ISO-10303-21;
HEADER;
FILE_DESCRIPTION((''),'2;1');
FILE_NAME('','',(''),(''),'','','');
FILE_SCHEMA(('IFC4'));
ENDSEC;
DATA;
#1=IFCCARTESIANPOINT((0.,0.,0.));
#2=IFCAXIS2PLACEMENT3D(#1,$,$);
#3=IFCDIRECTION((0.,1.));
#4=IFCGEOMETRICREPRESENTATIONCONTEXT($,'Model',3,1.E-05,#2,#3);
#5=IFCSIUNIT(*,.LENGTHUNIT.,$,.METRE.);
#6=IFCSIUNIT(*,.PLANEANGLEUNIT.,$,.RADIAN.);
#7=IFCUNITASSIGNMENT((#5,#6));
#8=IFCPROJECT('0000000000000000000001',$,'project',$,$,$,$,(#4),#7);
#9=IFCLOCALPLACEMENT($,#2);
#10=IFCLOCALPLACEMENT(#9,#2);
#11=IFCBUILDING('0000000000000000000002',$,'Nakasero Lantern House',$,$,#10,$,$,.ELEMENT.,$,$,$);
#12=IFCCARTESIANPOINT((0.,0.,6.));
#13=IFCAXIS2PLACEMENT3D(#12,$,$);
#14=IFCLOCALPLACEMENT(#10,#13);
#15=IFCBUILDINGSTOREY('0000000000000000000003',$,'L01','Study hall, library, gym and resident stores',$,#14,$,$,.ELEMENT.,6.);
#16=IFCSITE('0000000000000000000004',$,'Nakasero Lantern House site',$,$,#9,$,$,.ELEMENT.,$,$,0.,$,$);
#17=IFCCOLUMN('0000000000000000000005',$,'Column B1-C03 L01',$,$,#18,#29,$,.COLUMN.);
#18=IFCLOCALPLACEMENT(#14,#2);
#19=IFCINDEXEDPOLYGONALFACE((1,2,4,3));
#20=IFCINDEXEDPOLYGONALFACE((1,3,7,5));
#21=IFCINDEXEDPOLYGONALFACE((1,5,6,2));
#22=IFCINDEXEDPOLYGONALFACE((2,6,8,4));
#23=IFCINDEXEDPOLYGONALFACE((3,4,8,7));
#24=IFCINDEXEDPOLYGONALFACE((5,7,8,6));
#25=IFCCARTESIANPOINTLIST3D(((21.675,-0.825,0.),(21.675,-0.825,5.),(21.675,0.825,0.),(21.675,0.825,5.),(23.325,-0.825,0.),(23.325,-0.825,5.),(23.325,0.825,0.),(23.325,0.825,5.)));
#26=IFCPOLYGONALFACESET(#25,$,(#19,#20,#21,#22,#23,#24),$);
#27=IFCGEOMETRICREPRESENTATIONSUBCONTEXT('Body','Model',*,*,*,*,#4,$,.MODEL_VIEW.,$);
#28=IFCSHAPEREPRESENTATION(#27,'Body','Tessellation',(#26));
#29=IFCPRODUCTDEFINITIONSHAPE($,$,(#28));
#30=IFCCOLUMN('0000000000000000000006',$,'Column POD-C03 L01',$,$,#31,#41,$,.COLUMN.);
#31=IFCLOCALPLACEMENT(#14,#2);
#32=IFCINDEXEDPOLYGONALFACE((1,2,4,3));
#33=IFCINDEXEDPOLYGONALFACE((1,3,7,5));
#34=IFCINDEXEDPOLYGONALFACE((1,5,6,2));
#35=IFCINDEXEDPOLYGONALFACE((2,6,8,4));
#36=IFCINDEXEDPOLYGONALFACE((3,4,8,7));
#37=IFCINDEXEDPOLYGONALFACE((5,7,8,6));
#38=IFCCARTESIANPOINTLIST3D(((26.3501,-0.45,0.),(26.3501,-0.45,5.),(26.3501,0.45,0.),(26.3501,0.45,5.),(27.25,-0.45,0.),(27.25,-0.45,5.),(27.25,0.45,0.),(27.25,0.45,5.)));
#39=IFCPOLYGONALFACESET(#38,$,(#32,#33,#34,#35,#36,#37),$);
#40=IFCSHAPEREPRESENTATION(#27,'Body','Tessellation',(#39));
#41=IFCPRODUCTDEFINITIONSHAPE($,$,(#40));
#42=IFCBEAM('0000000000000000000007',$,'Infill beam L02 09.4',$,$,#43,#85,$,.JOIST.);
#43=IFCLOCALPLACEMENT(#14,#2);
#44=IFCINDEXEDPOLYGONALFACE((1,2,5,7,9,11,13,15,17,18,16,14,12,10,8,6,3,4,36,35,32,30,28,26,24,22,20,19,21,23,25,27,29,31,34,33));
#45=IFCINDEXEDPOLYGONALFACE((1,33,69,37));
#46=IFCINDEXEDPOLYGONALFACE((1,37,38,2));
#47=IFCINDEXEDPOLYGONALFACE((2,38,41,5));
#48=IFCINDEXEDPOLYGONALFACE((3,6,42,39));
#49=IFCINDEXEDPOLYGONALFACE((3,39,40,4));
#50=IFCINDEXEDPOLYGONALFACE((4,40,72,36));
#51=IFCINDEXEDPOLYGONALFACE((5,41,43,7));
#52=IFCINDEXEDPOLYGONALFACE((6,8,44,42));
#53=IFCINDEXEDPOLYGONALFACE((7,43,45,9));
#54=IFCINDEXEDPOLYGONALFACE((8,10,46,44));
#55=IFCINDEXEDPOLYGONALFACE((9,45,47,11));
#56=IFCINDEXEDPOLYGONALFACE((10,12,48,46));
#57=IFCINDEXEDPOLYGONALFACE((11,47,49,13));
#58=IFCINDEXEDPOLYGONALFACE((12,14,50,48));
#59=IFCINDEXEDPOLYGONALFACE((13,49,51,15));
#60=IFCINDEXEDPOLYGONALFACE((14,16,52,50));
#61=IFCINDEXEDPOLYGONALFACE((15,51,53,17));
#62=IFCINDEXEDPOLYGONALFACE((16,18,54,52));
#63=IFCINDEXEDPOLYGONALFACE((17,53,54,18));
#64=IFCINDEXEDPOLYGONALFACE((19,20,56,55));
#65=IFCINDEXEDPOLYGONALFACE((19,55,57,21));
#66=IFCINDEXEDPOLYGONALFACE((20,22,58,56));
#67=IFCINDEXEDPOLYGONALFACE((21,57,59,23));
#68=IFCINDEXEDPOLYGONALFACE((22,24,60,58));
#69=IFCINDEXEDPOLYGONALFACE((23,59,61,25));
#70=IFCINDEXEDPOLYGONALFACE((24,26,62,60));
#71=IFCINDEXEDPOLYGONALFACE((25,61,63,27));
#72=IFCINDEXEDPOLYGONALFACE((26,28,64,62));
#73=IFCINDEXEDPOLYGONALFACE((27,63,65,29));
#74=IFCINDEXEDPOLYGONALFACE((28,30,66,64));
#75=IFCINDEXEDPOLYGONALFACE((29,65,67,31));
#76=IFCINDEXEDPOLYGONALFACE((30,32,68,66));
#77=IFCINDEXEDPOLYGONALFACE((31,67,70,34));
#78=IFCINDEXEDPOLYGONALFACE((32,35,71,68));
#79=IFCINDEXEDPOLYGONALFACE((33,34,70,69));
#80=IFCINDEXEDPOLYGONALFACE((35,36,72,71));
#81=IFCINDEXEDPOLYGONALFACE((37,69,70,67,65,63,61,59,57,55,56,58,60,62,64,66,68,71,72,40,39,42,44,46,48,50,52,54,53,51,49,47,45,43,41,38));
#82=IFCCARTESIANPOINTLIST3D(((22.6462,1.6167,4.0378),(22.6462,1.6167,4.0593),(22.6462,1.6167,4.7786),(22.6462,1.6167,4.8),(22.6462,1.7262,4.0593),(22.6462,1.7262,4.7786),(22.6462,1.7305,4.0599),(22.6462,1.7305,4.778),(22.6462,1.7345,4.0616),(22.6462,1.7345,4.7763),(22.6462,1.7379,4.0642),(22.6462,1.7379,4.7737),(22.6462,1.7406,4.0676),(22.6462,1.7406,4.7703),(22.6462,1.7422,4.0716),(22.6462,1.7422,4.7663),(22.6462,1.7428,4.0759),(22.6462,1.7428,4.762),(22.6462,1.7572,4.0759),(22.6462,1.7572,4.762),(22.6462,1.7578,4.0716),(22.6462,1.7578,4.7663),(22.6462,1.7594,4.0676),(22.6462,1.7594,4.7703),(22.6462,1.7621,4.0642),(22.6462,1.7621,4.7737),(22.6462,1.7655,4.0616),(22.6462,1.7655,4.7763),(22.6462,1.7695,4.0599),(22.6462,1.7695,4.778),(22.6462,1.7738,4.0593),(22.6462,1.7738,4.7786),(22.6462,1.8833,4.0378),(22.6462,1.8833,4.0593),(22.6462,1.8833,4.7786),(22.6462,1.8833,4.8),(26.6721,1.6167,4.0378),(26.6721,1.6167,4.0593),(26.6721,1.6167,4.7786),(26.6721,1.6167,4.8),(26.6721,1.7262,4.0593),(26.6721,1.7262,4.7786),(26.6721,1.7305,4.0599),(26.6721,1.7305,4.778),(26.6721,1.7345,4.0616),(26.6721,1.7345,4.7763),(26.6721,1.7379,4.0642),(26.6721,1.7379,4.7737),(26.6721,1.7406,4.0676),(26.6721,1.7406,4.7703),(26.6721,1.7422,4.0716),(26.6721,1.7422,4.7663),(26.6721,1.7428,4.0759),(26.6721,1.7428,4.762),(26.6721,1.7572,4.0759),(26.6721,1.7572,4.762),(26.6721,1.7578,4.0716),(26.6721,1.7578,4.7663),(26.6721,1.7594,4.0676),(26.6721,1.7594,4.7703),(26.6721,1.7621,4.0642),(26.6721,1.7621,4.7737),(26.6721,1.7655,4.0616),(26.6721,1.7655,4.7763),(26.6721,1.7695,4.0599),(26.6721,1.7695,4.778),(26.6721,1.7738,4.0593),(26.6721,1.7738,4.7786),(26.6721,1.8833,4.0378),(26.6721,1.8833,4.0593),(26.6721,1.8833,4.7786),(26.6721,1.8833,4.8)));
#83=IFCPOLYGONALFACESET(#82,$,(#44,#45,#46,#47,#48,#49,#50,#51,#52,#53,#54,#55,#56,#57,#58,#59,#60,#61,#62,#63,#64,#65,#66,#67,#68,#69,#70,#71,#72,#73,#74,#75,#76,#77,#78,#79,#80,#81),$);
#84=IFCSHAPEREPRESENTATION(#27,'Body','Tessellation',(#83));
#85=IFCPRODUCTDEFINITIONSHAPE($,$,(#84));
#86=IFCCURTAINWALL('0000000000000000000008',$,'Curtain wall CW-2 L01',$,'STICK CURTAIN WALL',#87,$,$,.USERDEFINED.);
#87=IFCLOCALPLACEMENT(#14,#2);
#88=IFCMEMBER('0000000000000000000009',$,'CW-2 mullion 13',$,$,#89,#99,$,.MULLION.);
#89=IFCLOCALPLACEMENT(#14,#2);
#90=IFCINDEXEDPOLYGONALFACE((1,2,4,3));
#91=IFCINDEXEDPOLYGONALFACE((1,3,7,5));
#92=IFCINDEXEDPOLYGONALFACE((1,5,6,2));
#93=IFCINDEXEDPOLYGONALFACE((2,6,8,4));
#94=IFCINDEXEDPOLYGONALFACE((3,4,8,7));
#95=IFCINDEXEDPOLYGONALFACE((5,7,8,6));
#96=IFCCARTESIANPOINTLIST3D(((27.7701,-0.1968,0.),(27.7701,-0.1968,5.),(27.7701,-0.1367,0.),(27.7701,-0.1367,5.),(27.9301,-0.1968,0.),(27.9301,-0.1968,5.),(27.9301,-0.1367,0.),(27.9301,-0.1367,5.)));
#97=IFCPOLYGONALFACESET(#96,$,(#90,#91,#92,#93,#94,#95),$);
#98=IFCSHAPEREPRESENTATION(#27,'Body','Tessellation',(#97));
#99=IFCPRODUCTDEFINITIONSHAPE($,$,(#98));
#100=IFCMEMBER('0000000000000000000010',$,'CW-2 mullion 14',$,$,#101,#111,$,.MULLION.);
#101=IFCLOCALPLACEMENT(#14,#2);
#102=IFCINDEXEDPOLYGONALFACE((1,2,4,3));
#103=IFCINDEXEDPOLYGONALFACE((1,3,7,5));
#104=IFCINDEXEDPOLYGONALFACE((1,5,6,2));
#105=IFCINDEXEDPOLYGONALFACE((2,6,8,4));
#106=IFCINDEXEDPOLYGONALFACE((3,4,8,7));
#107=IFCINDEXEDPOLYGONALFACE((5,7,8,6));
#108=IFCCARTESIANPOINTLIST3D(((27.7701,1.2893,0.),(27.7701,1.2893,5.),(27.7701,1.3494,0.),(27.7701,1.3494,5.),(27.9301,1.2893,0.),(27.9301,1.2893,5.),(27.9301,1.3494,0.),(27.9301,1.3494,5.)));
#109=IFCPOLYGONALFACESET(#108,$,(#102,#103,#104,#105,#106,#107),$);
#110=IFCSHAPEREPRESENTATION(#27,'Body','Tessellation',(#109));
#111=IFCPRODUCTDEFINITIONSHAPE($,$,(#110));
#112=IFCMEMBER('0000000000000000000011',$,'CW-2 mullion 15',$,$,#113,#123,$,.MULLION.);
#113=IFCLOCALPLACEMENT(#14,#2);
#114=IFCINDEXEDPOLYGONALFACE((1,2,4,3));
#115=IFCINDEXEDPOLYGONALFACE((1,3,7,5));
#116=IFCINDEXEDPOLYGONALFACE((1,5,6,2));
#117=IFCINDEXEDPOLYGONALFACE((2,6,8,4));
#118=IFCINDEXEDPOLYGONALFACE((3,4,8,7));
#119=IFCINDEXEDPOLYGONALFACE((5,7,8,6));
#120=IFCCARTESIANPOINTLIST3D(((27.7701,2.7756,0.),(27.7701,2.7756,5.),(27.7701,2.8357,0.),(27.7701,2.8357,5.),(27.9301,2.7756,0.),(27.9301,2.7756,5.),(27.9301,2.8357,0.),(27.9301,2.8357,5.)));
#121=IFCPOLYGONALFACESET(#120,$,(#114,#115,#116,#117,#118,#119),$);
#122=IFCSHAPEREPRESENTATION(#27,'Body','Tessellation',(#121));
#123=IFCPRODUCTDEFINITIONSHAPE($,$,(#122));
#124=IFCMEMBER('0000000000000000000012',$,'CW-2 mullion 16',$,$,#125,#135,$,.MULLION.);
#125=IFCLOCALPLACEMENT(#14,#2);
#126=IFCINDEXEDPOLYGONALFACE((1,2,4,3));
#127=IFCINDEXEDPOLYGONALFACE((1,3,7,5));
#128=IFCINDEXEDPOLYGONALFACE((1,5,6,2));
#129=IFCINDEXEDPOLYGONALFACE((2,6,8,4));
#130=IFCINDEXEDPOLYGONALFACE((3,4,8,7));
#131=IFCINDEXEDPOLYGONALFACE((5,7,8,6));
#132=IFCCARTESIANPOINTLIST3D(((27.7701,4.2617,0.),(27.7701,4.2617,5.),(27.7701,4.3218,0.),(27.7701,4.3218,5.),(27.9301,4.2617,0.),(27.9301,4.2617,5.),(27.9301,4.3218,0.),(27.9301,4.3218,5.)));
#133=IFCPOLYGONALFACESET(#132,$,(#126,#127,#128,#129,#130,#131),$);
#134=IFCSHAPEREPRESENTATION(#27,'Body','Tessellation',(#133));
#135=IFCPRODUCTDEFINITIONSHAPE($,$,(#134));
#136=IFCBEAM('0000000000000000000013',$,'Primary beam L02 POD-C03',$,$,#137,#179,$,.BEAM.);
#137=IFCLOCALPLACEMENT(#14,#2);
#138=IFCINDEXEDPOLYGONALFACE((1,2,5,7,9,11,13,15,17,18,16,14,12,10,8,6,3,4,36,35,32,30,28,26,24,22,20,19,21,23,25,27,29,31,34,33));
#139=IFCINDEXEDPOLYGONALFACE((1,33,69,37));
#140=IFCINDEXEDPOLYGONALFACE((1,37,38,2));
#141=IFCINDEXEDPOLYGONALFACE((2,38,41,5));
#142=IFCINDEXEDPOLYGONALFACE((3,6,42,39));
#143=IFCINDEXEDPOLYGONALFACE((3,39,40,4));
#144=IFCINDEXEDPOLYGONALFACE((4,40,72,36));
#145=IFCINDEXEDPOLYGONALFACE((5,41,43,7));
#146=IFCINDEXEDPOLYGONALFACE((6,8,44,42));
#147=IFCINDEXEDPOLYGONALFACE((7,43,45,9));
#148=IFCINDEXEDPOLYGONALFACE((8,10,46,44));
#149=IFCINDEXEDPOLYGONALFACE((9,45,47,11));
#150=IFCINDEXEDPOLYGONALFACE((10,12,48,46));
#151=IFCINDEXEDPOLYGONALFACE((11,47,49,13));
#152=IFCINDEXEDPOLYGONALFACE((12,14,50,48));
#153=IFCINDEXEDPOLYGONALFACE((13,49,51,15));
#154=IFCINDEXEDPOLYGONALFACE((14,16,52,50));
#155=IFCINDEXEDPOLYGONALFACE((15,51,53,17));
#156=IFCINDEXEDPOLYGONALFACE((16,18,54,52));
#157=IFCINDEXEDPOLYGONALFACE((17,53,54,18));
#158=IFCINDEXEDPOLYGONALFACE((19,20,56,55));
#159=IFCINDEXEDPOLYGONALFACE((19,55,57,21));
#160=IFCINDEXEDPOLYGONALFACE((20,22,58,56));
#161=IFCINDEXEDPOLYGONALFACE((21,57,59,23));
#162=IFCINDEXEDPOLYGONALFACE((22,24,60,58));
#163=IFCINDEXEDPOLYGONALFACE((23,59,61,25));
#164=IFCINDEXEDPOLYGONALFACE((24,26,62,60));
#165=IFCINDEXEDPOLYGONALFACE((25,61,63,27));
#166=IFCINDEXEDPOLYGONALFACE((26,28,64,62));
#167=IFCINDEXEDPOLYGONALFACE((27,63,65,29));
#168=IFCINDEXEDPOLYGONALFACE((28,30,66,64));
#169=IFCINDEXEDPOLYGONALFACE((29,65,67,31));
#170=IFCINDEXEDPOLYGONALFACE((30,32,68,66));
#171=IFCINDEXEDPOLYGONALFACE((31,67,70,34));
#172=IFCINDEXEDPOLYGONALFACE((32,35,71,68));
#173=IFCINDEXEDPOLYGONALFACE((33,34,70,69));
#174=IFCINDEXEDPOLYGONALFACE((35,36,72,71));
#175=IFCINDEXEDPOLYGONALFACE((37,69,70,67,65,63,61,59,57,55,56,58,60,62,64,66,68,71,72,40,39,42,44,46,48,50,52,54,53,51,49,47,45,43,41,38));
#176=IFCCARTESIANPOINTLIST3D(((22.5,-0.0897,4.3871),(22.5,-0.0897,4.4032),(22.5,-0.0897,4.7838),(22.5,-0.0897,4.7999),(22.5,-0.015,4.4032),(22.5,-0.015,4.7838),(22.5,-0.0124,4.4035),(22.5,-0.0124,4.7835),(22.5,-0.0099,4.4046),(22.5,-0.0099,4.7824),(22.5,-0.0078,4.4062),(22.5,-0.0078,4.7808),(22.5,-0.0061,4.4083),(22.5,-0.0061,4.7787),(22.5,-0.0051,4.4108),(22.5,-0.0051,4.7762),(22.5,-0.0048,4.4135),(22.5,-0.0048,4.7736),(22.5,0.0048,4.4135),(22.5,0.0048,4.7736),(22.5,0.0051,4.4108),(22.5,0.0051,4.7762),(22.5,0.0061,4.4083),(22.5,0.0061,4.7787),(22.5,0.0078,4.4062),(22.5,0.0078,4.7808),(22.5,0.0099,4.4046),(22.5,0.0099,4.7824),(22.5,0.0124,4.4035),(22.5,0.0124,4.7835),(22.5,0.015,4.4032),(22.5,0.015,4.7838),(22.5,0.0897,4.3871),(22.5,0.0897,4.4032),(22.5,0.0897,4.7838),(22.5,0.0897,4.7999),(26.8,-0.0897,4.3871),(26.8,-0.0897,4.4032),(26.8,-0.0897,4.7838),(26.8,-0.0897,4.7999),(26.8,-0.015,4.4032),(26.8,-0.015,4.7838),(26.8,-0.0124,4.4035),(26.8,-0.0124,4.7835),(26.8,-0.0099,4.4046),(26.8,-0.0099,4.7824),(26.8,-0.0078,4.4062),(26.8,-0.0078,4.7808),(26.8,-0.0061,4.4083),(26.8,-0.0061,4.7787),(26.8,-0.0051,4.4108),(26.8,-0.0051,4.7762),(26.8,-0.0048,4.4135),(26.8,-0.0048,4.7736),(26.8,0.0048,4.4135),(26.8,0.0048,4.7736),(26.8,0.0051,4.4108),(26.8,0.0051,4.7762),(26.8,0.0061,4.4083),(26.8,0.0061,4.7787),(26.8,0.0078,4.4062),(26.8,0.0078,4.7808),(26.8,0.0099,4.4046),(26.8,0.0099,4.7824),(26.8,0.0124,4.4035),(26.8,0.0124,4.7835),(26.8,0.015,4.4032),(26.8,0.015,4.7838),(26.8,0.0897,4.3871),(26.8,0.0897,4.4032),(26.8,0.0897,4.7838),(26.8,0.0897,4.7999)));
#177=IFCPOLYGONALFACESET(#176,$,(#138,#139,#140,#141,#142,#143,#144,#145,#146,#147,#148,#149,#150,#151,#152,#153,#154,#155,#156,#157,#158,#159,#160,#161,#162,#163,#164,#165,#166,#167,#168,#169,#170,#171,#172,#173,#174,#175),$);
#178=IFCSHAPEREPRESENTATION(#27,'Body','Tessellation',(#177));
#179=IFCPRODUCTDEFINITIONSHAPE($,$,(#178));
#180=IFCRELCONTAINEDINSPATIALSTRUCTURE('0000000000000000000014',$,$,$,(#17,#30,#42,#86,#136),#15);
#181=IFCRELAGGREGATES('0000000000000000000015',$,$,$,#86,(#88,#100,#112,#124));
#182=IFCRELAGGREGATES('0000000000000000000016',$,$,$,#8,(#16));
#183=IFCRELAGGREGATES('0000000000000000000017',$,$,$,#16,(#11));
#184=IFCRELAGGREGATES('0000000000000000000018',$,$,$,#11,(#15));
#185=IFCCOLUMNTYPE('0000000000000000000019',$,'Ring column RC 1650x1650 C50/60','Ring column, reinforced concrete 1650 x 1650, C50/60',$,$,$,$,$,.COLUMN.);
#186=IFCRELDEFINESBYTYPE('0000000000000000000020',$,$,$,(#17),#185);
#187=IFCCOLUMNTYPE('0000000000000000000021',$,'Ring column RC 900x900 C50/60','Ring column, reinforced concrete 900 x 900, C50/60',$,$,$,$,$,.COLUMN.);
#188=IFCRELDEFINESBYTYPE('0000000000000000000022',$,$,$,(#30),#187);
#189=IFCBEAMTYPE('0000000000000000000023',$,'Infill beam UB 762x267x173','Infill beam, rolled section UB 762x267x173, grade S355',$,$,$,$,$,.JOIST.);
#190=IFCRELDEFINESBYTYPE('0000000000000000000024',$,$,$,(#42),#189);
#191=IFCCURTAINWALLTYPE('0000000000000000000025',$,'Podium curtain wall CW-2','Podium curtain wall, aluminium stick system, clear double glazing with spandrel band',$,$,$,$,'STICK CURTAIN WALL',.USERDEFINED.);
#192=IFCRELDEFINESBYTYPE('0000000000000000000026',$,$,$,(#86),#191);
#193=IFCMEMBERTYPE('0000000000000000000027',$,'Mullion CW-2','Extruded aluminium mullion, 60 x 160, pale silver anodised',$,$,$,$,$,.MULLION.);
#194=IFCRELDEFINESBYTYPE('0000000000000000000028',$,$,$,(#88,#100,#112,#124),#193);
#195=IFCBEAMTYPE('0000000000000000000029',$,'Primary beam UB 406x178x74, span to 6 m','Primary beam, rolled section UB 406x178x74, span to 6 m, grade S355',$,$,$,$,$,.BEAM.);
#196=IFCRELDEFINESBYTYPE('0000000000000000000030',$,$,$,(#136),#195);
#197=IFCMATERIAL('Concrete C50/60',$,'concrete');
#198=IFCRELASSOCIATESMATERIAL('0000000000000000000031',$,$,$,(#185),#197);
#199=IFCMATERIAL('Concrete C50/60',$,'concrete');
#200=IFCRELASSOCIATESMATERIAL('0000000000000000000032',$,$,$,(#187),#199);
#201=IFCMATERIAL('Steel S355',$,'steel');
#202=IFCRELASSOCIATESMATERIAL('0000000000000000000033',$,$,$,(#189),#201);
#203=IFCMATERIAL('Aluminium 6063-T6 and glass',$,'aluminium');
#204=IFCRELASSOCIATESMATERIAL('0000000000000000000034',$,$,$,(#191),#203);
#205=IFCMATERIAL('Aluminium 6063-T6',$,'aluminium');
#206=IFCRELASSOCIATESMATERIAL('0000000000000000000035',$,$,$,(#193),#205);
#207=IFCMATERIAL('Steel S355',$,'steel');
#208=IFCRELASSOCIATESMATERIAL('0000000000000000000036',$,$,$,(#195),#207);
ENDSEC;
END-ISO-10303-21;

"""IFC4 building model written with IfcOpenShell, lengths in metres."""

from ifc_helpers import new_model, si_unit, direction, frame, origin, origin_2d, place, context, subcontext, project, spatial, rectangle, i_section, extrude, material, material_profile, profile_set, type_object, element, aggregate, save


model = new_model("IFC4")

# Units and contexts
model_context = context("Model", 3, precision=1e-05, world=origin(), true_north=direction((0.0, 1.0)))
body_context = subcontext(model_context, "Body", "Model", "MODEL_VIEW")
ifc_project = project(units=[si_unit("LENGTHUNIT", "METRE"), si_unit("PLANEANGLEUNIT", "RADIAN")], contexts=[model_context])

# Site, building, storey
site_placement = place(None, origin())
site = spatial("IfcSite", under=ifc_project, at=site_placement, Name="Nakasero Lantern House site", CompositionType="ELEMENT", RefElevation=0.0)
building_placement = place(site_placement, origin())
building = spatial("IfcBuilding", under=site, at=building_placement, Name="Nakasero Lantern House", CompositionType="ELEMENT")
storey_placement = place(building_placement, frame((0.0, 0.0, 6.0)))
storey = spatial("IfcBuildingStorey", under=building, at=storey_placement, Name="L01", Description="Study hall, library, gym and resident stores", CompositionType="ELEMENT", Elevation=6.0)

# Columns
ifc_material_1 = material(Name="Concrete C50/60", Category="concrete")
ifc_material_profile_1 = material_profile(ifc_material_1, rectangle(XDim=1.6499, YDim=1.6499, at=origin_2d()), Name="RC 1650x1650")
ifc_profile_set_1 = profile_set([ifc_material_profile_1], Name="Concrete C50/60")
column_type_1 = type_object("IfcColumnType", Name="Ring column RC 1650x1650 C50/60", Description="Ring column, reinforced concrete 1650 x 1650, C50/60", PredefinedType="COLUMN", material=ifc_profile_set_1)
column_1_placement = place(storey_placement, frame((22.5, 0.0, 0.0), z_axis=(0.0, 0.0, 1.0), x_axis=(1.0, 0.0, 0.0)))
element("IfcColumn", 1, at=column_1_placement, inside=storey, type_object=column_type_1, Name="Column B1-C03 L01", PredefinedType="COLUMN", context=body_context, shape_type="SweptSolid", body=[
    extrude(rectangle(XDim=1.6499, YDim=1.6499, at=origin_2d()), origin(), (0.0, 0.0, 1.0), 5.0),
])
ifc_material_2 = material(Name="Concrete C50/60", Category="concrete")
ifc_material_profile_2 = material_profile(ifc_material_2, rectangle(XDim=0.8999, YDim=0.8999, at=origin_2d()), Name="RC 900x900")
ifc_profile_set_2 = profile_set([ifc_material_profile_2], Name="Concrete C50/60")
column_type_2 = type_object("IfcColumnType", Name="Ring column RC 900x900 C50/60", Description="Ring column, reinforced concrete 900 x 900, C50/60", PredefinedType="COLUMN", material=ifc_profile_set_2)
column_2_placement = place(storey_placement, frame((26.8, 0.0, 0.0), z_axis=(0.0, 0.0, 1.0), x_axis=(1.0, 0.0, 0.0)))
element("IfcColumn", 2, at=column_2_placement, inside=storey, type_object=column_type_2, Name="Column POD-C03 L01", PredefinedType="COLUMN", context=body_context, shape_type="SweptSolid", body=[
    extrude(rectangle(XDim=0.8999, YDim=0.8999, at=origin_2d()), origin(), (0.0, 0.0, 1.0), 5.0),
])

# Beam
ifc_material_3 = material(Name="Steel S355", Category="steel")
ifc_material_profile_3 = material_profile(ifc_material_3, i_section(OverallWidth=0.2666, OverallDepth=0.7622, WebThickness=0.0144, FlangeThickness=0.0215, FilletRadius=0.0166, at=origin_2d()), Name="UB 762x267x173")
ifc_profile_set_3 = profile_set([ifc_material_profile_3], Name="Steel S355")
beam_type_1 = type_object("IfcBeamType", Name="Infill beam UB 762x267x173", Description="Infill beam, rolled section UB 762x267x173, grade S355", PredefinedType="JOIST", material=ifc_profile_set_3)
beam_1_placement = place(storey_placement, frame((22.6462, 1.75, 4.4189), z_axis=(1.0, 0.0, 0.0), x_axis=(0.0, 1.0, 0.0)))
element("IfcBeam", 3, at=beam_1_placement, inside=storey, type_object=beam_type_1, Name="Infill beam L02 09.4", PredefinedType="JOIST", context=body_context, shape_type="SweptSolid", body=[
    extrude(i_section(OverallWidth=0.2666, OverallDepth=0.7622, WebThickness=0.0144, FlangeThickness=0.0215, FilletRadius=0.0166, at=origin_2d()), origin(), (0.0, 0.0, 1.0), 4.0259),
])

# Curtain wall, members
ifc_material_4 = material(Name="Aluminium 6063-T6 and glass", Category="aluminium")
curtain_wall_type = type_object("IfcCurtainWallType", Name="Podium curtain wall CW-2", Description="Podium curtain wall, aluminium stick system, clear double glazing with spandrel band", ElementType="STICK CURTAIN WALL", PredefinedType="USERDEFINED", material=ifc_material_4)
curtain_wall_placement = place(storey_placement, origin())
curtain_wall = element("IfcCurtainWall", 4, at=curtain_wall_placement, inside=storey, type_object=curtain_wall_type, Name="Curtain wall CW-2 L01", ObjectType="STICK CURTAIN WALL", PredefinedType="USERDEFINED")
ifc_material_5 = material(Name="Aluminium 6063-T6", Category="aluminium")
ifc_material_profile_4 = material_profile(ifc_material_5, rectangle(XDim=0.0601, YDim=0.1599, at=origin_2d()), Name="CW-2 mullion 60x160")
ifc_profile_set_4 = profile_set([ifc_material_profile_4], Name="Aluminium 6063-T6")
member_type_1 = type_object("IfcMemberType", Name="Mullion CW-2", Description="Extruded aluminium mullion, 60 x 160, pale silver anodised", PredefinedType="MULLION", material=ifc_profile_set_4)
member_1_placement = place(storey_placement, frame((27.8501, -0.1667, 0.0), z_axis=(0.0, 0.0, 1.0), x_axis=(0.0, 1.0, 0.0)))
member_1 = element("IfcMember", 5, at=member_1_placement, type_object=member_type_1, Name="CW-2 mullion 13", PredefinedType="MULLION", context=body_context, shape_type="SweptSolid", body=[
    extrude(rectangle(XDim=0.0601, YDim=0.1599, at=origin_2d()), origin(), (0.0, 0.0, 1.0), 5.0),
])
member_2_placement = place(storey_placement, frame((27.8501, 1.3193, 0.0), z_axis=(0.0, 0.0, 1.0), x_axis=(0.0, 1.0, 0.0)))
member_2 = element("IfcMember", 6, at=member_2_placement, type_object=member_type_1, Name="CW-2 mullion 14", PredefinedType="MULLION", context=body_context, shape_type="SweptSolid", body=[
    extrude(rectangle(XDim=0.0601, YDim=0.1599, at=origin_2d()), origin(), (0.0, 0.0, 1.0), 5.0),
])
member_3_placement = place(storey_placement, frame((27.8501, 2.8057, 0.0), z_axis=(0.0, 0.0, 1.0), x_axis=(0.0, 1.0, 0.0)))
member_3 = element("IfcMember", 7, at=member_3_placement, type_object=member_type_1, Name="CW-2 mullion 15", PredefinedType="MULLION", context=body_context, shape_type="SweptSolid", body=[
    extrude(rectangle(XDim=0.0601, YDim=0.1599, at=origin_2d()), origin(), (0.0, 0.0, 1.0), 5.0),
])
member_4_placement = place(storey_placement, frame((27.8501, 4.2917, 0.0), z_axis=(0.0, 0.0, 1.0), x_axis=(0.0, 1.0, 0.0)))
member_4 = element("IfcMember", 8, at=member_4_placement, type_object=member_type_1, Name="CW-2 mullion 16", PredefinedType="MULLION", context=body_context, shape_type="SweptSolid", body=[
    extrude(rectangle(XDim=0.0601, YDim=0.1599, at=origin_2d()), origin(), (0.0, 0.0, 1.0), 5.0),
])

# Beam
ifc_material_6 = material(Name="Steel S355", Category="steel")
ifc_material_profile_5 = material_profile(ifc_material_6, i_section(OverallWidth=0.1794, OverallDepth=0.4128, WebThickness=0.0095, FlangeThickness=0.0161, FilletRadius=0.0103, at=origin_2d()), Name="UB 406x178x74")
ifc_profile_set_5 = profile_set([ifc_material_profile_5], Name="Steel S355")
beam_type_2 = type_object("IfcBeamType", Name="Primary beam UB 406x178x74, span to 6 m", Description="Primary beam, rolled section UB 406x178x74, span to 6 m, grade S355", PredefinedType="BEAM", material=ifc_profile_set_5)
beam_2_placement = place(storey_placement, frame((26.8, 0.0, 4.5935), z_axis=(-1.0, 0.0, 0.0), x_axis=(0.0, -1.0, 0.0)))
element("IfcBeam", 9, at=beam_2_placement, inside=storey, type_object=beam_type_2, Name="Primary beam L02 POD-C03", PredefinedType="BEAM", context=body_context, shape_type="SweptSolid", body=[
    extrude(i_section(OverallWidth=0.1794, OverallDepth=0.4128, WebThickness=0.0095, FlangeThickness=0.0161, FilletRadius=0.0103, at=origin_2d()), origin(), (0.0, 0.0, 1.0), 4.3),
])

aggregate(curtain_wall, [member_1, member_2, member_3, member_4])

save(model, "model.ifc")
